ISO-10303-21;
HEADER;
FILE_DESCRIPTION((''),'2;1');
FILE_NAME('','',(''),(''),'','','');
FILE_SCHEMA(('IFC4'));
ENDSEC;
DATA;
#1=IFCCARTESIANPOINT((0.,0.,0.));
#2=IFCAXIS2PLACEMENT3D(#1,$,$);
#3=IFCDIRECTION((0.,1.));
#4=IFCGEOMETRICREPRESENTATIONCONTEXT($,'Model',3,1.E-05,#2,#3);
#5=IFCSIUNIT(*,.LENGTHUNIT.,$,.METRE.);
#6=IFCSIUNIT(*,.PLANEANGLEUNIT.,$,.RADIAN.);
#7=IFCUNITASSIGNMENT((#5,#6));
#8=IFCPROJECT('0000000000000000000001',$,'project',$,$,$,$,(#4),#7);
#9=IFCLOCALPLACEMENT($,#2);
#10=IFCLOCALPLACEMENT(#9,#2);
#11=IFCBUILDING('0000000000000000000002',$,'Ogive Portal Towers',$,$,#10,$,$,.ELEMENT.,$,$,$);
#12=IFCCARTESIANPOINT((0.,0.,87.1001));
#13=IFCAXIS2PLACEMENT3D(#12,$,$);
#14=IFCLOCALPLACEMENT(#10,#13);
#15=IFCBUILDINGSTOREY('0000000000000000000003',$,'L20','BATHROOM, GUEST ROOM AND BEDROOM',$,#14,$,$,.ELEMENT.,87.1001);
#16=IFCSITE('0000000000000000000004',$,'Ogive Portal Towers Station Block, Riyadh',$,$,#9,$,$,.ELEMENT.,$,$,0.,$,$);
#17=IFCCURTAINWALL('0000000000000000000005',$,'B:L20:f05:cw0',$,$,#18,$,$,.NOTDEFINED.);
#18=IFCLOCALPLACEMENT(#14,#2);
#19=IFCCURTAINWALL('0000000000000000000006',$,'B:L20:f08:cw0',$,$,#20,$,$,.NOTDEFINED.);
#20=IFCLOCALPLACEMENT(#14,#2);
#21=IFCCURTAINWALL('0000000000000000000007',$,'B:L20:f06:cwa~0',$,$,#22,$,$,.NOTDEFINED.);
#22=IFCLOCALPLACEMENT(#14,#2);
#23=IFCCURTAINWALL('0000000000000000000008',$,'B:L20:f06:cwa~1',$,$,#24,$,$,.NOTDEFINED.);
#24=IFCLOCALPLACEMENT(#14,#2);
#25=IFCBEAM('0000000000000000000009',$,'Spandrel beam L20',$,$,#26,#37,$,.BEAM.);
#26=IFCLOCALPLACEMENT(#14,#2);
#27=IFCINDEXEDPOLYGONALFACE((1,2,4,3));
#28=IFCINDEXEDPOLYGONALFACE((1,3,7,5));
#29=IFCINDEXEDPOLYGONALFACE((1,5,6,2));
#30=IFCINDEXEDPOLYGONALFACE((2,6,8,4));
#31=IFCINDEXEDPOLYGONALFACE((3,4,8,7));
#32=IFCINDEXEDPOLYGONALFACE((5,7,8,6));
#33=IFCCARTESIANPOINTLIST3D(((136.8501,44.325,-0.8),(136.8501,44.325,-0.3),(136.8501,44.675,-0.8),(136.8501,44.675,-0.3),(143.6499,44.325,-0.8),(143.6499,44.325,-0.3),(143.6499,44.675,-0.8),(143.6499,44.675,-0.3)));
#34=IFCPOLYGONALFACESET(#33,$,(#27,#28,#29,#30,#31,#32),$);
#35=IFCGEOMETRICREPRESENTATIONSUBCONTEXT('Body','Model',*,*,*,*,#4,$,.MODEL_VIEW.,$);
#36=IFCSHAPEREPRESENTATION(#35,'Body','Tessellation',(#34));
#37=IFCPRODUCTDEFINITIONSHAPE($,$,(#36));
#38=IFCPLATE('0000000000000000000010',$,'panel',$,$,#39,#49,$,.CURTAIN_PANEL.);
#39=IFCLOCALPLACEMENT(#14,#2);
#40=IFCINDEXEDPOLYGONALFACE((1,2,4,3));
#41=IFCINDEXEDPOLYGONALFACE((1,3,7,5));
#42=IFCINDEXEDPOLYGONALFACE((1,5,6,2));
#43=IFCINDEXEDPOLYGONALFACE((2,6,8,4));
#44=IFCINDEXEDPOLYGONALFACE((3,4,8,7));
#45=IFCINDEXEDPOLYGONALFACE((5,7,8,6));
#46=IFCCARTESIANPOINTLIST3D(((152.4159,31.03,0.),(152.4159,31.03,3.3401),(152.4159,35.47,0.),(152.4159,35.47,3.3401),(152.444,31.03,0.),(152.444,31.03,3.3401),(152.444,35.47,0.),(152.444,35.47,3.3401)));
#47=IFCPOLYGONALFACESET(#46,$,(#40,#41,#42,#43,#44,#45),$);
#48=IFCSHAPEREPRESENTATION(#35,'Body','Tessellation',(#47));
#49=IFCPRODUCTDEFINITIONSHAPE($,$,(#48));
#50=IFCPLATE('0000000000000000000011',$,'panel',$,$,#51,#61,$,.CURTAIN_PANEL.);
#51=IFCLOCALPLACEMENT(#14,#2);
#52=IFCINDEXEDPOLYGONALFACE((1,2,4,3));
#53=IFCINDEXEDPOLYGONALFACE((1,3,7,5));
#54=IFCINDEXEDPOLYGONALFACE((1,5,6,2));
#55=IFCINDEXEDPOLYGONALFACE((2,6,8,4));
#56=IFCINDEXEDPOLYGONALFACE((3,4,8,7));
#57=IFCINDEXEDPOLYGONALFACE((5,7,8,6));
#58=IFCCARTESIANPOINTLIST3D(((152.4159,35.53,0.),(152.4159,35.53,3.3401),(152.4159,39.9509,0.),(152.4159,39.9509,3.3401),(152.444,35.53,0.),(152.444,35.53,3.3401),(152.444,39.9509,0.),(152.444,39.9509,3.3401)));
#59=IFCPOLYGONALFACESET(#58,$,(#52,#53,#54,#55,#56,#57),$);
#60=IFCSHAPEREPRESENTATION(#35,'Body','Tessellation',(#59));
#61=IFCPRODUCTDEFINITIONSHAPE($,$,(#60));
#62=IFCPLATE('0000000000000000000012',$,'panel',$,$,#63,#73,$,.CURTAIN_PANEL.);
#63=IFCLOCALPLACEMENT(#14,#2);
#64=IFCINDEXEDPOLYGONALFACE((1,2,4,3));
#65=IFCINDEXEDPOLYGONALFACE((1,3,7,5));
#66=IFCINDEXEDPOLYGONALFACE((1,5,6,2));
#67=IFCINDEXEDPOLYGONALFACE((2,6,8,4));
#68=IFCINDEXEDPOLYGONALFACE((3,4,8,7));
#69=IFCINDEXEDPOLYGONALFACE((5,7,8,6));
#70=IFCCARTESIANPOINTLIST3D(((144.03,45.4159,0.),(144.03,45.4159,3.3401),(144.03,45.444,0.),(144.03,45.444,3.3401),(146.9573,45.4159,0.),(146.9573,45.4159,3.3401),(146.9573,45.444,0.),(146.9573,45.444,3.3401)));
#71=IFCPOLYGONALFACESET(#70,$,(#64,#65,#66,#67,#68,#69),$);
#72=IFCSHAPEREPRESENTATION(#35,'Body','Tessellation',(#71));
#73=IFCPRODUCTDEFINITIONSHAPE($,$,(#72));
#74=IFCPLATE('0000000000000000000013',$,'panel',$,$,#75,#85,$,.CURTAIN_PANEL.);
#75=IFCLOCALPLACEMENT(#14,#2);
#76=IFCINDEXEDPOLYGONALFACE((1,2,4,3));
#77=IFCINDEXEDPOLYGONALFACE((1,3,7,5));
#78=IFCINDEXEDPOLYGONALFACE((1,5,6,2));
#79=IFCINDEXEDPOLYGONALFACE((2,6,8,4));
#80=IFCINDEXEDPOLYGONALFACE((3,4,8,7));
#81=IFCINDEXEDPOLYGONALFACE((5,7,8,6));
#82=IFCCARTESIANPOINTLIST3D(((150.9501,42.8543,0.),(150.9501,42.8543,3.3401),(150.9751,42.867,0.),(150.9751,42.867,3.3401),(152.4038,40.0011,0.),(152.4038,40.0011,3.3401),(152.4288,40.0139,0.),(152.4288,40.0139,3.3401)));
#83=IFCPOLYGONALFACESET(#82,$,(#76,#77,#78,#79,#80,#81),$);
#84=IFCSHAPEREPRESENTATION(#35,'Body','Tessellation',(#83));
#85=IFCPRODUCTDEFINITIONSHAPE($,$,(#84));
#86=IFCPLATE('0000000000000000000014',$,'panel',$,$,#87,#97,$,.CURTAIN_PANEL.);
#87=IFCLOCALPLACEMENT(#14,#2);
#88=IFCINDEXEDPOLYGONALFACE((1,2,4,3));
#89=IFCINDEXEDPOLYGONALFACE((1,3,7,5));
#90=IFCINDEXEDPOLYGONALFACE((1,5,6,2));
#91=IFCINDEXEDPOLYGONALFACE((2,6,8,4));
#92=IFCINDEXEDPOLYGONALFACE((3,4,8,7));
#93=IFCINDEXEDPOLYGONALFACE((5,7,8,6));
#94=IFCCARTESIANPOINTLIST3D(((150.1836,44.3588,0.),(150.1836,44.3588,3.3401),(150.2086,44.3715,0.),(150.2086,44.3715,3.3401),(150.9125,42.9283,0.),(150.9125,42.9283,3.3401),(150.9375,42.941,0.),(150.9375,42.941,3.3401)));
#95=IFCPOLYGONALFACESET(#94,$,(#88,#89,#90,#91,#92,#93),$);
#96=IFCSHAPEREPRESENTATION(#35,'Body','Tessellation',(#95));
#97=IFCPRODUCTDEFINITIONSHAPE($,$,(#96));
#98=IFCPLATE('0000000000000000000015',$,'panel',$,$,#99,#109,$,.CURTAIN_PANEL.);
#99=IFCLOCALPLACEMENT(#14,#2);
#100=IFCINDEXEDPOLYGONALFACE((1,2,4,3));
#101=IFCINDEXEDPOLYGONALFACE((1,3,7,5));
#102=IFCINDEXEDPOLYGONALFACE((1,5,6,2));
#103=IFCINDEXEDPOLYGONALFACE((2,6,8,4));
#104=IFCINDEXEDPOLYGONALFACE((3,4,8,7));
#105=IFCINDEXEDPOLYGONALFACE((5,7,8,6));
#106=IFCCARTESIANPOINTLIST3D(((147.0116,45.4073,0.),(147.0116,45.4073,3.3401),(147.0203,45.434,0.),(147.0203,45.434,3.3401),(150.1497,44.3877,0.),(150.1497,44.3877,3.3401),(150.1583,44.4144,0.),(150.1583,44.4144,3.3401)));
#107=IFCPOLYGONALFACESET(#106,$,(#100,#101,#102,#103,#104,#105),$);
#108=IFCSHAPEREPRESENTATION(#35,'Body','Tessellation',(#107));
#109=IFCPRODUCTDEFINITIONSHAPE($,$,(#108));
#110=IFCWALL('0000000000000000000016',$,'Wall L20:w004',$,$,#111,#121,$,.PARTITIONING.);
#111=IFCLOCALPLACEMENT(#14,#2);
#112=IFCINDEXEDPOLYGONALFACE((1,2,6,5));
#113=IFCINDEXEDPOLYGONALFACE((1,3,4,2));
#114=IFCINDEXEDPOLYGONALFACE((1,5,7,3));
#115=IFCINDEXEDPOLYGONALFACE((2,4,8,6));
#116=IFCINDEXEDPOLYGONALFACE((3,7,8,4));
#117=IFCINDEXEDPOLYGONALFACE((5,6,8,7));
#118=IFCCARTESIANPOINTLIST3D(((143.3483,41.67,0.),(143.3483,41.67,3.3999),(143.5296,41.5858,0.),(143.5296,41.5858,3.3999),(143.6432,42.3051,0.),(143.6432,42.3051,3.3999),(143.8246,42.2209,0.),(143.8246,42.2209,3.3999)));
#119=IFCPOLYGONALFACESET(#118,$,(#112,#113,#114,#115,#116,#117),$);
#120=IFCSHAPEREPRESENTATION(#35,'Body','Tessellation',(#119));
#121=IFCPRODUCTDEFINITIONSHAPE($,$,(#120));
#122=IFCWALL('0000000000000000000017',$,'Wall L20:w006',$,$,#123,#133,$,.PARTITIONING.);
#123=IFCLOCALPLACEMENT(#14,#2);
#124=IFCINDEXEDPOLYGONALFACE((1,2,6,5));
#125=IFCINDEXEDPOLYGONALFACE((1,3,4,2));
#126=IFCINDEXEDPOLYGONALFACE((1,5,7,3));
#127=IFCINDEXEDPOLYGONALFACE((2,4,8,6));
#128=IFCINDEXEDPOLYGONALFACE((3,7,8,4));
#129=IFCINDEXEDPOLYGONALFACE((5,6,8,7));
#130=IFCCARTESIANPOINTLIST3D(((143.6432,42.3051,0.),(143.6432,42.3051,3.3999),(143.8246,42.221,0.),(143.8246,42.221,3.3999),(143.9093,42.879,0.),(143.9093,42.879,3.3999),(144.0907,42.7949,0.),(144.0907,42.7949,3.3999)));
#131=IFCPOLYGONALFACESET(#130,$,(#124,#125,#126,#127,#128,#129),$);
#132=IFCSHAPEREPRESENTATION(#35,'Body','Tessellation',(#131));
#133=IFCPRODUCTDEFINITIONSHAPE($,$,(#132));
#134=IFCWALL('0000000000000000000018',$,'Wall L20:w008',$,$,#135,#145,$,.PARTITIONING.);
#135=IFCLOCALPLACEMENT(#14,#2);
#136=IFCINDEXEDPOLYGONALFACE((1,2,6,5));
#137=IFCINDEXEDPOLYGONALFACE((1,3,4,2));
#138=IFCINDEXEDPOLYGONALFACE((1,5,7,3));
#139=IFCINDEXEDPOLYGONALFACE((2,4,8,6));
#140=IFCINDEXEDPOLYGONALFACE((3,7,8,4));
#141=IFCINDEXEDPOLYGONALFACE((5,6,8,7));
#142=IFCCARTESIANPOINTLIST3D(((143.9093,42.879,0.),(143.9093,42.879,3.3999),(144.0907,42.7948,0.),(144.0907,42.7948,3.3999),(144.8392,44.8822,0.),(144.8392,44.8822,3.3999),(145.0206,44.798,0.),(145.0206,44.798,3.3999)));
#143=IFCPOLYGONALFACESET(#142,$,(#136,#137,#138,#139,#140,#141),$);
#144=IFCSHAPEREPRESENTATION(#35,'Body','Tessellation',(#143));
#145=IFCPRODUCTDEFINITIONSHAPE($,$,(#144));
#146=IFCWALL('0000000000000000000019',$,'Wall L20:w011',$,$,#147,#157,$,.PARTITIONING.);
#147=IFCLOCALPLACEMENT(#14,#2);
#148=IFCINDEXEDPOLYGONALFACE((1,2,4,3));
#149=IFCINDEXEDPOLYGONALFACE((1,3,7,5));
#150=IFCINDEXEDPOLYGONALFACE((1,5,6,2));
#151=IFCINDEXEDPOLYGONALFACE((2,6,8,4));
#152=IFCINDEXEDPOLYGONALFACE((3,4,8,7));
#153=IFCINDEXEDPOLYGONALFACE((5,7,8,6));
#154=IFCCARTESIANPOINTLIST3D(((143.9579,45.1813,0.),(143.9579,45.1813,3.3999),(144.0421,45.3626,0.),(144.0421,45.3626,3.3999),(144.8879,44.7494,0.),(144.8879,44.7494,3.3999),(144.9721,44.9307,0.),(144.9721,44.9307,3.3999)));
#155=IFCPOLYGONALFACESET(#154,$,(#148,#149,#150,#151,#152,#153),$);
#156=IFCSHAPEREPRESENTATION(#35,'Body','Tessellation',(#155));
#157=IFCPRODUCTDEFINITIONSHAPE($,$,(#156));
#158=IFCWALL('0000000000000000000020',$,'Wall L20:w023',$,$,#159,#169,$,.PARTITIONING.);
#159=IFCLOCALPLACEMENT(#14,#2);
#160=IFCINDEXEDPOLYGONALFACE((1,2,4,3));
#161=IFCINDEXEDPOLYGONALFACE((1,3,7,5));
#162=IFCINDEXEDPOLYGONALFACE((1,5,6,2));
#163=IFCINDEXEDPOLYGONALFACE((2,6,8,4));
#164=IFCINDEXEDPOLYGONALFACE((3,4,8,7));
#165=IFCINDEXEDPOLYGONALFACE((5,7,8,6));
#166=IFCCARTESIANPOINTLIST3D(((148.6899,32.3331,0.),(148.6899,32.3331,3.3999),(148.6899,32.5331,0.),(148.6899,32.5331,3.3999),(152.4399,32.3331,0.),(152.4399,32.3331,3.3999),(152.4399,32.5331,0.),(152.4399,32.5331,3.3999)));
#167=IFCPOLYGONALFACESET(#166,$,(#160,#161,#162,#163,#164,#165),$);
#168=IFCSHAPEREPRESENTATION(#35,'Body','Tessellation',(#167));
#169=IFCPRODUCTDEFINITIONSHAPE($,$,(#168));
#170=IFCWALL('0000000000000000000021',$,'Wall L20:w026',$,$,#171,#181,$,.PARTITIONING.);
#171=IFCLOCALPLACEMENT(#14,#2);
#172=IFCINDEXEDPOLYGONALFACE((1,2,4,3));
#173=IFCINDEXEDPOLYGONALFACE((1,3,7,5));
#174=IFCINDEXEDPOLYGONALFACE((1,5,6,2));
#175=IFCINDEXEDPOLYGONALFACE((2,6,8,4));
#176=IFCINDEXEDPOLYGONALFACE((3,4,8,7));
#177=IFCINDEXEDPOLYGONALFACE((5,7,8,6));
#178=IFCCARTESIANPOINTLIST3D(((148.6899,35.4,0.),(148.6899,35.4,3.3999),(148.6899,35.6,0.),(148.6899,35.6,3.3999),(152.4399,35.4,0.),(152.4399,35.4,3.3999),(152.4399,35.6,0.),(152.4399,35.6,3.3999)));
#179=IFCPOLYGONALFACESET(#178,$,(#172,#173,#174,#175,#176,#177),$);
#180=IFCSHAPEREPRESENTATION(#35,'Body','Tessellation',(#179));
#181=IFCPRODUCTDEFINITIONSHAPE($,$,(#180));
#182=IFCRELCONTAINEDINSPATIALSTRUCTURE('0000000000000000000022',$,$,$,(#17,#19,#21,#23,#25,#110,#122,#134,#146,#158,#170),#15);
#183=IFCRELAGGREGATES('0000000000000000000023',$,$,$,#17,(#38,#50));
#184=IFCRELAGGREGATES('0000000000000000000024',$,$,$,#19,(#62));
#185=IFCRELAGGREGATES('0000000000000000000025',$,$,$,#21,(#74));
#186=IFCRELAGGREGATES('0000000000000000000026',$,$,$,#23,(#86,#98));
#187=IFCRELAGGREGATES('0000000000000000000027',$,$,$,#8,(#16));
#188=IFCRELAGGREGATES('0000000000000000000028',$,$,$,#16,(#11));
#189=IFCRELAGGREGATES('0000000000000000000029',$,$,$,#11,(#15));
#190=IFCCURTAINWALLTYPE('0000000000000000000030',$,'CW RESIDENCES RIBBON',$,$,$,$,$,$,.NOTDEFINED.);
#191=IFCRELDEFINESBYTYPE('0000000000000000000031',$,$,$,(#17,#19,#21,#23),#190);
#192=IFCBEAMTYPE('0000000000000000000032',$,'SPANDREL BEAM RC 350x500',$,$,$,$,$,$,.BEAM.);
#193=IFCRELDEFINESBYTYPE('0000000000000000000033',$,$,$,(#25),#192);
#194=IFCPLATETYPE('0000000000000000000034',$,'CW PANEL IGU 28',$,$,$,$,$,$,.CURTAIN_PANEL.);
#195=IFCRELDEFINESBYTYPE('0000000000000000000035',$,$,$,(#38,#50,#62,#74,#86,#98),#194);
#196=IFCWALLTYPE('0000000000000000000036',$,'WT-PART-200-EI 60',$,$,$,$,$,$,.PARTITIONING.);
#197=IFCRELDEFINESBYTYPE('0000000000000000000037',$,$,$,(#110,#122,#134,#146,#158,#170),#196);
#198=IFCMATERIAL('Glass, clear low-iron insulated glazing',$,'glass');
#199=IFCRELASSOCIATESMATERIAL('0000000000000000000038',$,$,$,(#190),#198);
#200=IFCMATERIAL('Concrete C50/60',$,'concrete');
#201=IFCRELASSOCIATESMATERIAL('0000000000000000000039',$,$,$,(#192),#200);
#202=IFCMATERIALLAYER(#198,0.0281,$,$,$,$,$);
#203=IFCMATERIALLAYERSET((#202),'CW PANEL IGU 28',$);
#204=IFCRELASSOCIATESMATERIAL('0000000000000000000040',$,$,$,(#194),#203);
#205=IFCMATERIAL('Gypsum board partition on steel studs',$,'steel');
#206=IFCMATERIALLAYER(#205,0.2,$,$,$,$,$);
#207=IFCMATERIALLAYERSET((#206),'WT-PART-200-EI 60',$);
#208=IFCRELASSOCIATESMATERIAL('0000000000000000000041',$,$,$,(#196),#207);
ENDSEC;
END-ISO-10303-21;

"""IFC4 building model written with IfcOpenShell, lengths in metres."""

from ifc_helpers import new_model, si_unit, direction, frame, frame_2d, origin, origin_2d, place, context, subcontext, project, spatial, rectangle, extrude, material, layer, layer_set, material_profile, profile_set, type_object, element, aggregate, save


model = new_model("IFC4")

# Units and contexts
model_context = context("Model", 3, precision=1e-05, world=origin(), true_north=direction((0.0, 1.0)))
body_context = subcontext(model_context, "Body", "Model", "MODEL_VIEW")
ifc_project = project(units=[si_unit("LENGTHUNIT", "METRE"), si_unit("PLANEANGLEUNIT", "RADIAN")], contexts=[model_context])

# Site, building, storey
site_placement = place(None, origin())
site = spatial("IfcSite", under=ifc_project, at=site_placement, Name="Ogive Portal Towers Station Block, Riyadh", CompositionType="ELEMENT", RefElevation=0.0)
building_placement = place(site_placement, origin())
building = spatial("IfcBuilding", under=site, at=building_placement, Name="Ogive Portal Towers", CompositionType="ELEMENT")
storey_placement = place(building_placement, frame((0.0, 0.0, 87.1001)))
storey = spatial("IfcBuildingStorey", under=building, at=storey_placement, Name="L20", Description="BATHROOM, GUEST ROOM AND BEDROOM", CompositionType="ELEMENT", Elevation=87.1001)

# Shared definitions
ifc_material_1 = material(Name="Concrete C50/60", Category="concrete")

# Curtain walls
ifc_material_2 = material(Name="Glass, clear low-iron insulated glazing", Category="glass")
curtain_wall_type = type_object("IfcCurtainWallType", Name="CW RESIDENCES RIBBON", PredefinedType="NOTDEFINED", material=ifc_material_2)
curtain_wall_1_placement = place(storey_placement, origin())
curtain_wall_1 = element("IfcCurtainWall", 1, at=curtain_wall_1_placement, inside=storey, type_object=curtain_wall_type, Name="B:L20:f05:cw0", PredefinedType="NOTDEFINED")
curtain_wall_2_placement = place(storey_placement, origin())
curtain_wall_2 = element("IfcCurtainWall", 2, at=curtain_wall_2_placement, inside=storey, type_object=curtain_wall_type, Name="B:L20:f08:cw0", PredefinedType="NOTDEFINED")

# Curtain walls
curtain_wall_3_placement = place(storey_placement, origin())
curtain_wall_3 = element("IfcCurtainWall", 3, at=curtain_wall_3_placement, inside=storey, type_object=curtain_wall_type, Name="B:L20:f06:cwa~0", PredefinedType="NOTDEFINED")
curtain_wall_4_placement = place(storey_placement, origin())
curtain_wall_4 = element("IfcCurtainWall", 4, at=curtain_wall_4_placement, inside=storey, type_object=curtain_wall_type, Name="B:L20:f06:cwa~1", PredefinedType="NOTDEFINED")

# Beam
ifc_material_profile_1 = material_profile(ifc_material_1, rectangle(XDim=0.3501, YDim=0.5, at=origin_2d()), Name="RC 350x500")
ifc_profile_set_1 = profile_set([ifc_material_profile_1], Name="Concrete C50/60")
beam_type = type_object("IfcBeamType", Name="SPANDREL BEAM RC 350x500", PredefinedType="BEAM", material=ifc_profile_set_1)
beam_placement = place(storey_placement, frame((143.6499, 44.5, -0.55), z_axis=(-1.0, 0.0, 0.0), x_axis=(0.0, -1.0, 0.0)))
element("IfcBeam", 5, at=beam_placement, inside=storey, type_object=beam_type, Name="Spandrel beam L20", PredefinedType="BEAM", context=body_context, shape_type="SweptSolid", body=[
    extrude(rectangle(XDim=0.3501, YDim=0.5, at=origin_2d()), origin(), (0.0, 0.0, 1.0), 6.7998),
])

# Plates
ifc_layer_1 = layer(ifc_material_2, 0.0281)
ifc_layer_set_1 = layer_set([ifc_layer_1], Name="CW PANEL IGU 28")
plate_type = type_object("IfcPlateType", Name="CW PANEL IGU 28", PredefinedType="CURTAIN_PANEL", material=ifc_layer_set_1)
plate_1_placement = place(storey_placement, frame((152.4299, 33.25, 0.0), z_axis=(0.0, 0.0, 1.0), x_axis=(0.0, 1.0, 0.0)))
plate_1 = element("IfcPlate", 6, at=plate_1_placement, type_object=plate_type, Name="panel", PredefinedType="CURTAIN_PANEL", context=body_context, shape_type="SweptSolid", body=[
    extrude(rectangle(XDim=4.4399, YDim=0.0281, at=origin_2d()), origin(), (0.0, 0.0, 1.0), 3.3401),
])
plate_2_placement = place(storey_placement, frame((152.4299, 37.7405, 0.0), z_axis=(0.0, 0.0, 1.0), x_axis=(0.0, 1.0, 0.0)))
plate_2 = element("IfcPlate", 7, at=plate_2_placement, type_object=plate_type, Name="panel", PredefinedType="CURTAIN_PANEL", context=body_context, shape_type="SweptSolid", body=[
    extrude(rectangle(XDim=4.4209, YDim=0.0281, at=origin_2d()), origin(), (0.0, 0.0, 1.0), 3.3401),
])
aggregate(curtain_wall_1, [plate_1, plate_2])
plate_3_placement = place(storey_placement, frame((145.4937, 45.4299, 0.0), z_axis=(0.0, 0.0, 1.0), x_axis=(-1.0, 0.0, 0.0)))
plate_3 = element("IfcPlate", 8, at=plate_3_placement, type_object=plate_type, Name="panel", PredefinedType="CURTAIN_PANEL", context=body_context, shape_type="SweptSolid", body=[
    extrude(rectangle(XDim=2.9272, YDim=0.0281, at=origin_2d()), origin(), (0.0, 0.0, 1.0), 3.3401),
])
aggregate(curtain_wall_2, [plate_3])
plate_4_placement = place(storey_placement, frame((151.6895, 41.4341, 0.0), z_axis=(0.0, 0.0, 1.0), x_axis=(-0.45399, 0.891007, 0.0)))
plate_4 = element("IfcPlate", 9, at=plate_4_placement, type_object=plate_type, Name="panel", PredefinedType="CURTAIN_PANEL", context=body_context, shape_type="SweptSolid", body=[
    extrude(rectangle(XDim=3.2021, YDim=0.0281, at=origin_2d()), origin(), (0.0, 0.0, 1.0), 3.3401),
])
aggregate(curtain_wall_3, [plate_4])
plate_5_placement = place(storey_placement, frame((150.5605, 43.6499, 0.0), z_axis=(0.0, 0.0, 1.0), x_axis=(-0.45399, 0.891007, 0.0)))
plate_5 = element("IfcPlate", 10, at=plate_5_placement, type_object=plate_type, Name="panel", PredefinedType="CURTAIN_PANEL", context=body_context, shape_type="SweptSolid", body=[
    extrude(rectangle(XDim=1.6055, YDim=0.0281, at=origin_2d()), origin(), (0.0, 0.0, 1.0), 3.3401),
])
plate_6_placement = place(storey_placement, frame((148.585, 44.9109, 0.0), z_axis=(0.0, 0.0, 1.0), x_axis=(-0.951057, 0.309017, 0.0)))
plate_6 = element("IfcPlate", 11, at=plate_6_placement, type_object=plate_type, Name="panel", PredefinedType="CURTAIN_PANEL", context=body_context, shape_type="SweptSolid", body=[
    extrude(rectangle(XDim=3.2996, YDim=0.0281, at=origin_2d()), origin(), (0.0, 0.0, 1.0), 3.3401),
])
aggregate(curtain_wall_4, [plate_5, plate_6])

# Walls
ifc_material_3 = material(Name="Gypsum board partition on steel studs", Category="steel")
ifc_layer_2 = layer(ifc_material_3, 0.2)
ifc_layer_set_2 = layer_set([ifc_layer_2], Name="WT-PART-200-EI 60")
wall_type_1 = type_object("IfcWallType", Name="WT-PART-200-EI 60", PredefinedType="PARTITIONING", material=ifc_layer_set_2)
wall_1_placement = place(storey_placement, frame((143.439, 41.6279, 0.0), z_axis=(0.0, 0.0, 1.0), x_axis=(0.421224, 0.906957, 0.0)))
element("IfcWall", 12, at=wall_1_placement, inside=storey, type_object=wall_type_1, Name="Wall L20:w004", PredefinedType="PARTITIONING", context=body_context, shape_type="SweptSolid", body=[
    extrude(rectangle(XDim=0.7002, YDim=0.2, at=frame_2d((0.3501, 0.0))), origin(), (0.0, 0.0, 1.0), 3.3999),
])
wall_2_placement = place(storey_placement, frame((143.7339, 42.2629, 0.0), z_axis=(0.0, 0.0, 1.0), x_axis=(0.420624, 0.907235, 0.0)))
element("IfcWall", 13, at=wall_2_placement, inside=storey, type_object=wall_type_1, Name="Wall L20:w006", PredefinedType="PARTITIONING", context=body_context, shape_type="SweptSolid", body=[
    extrude(rectangle(XDim=0.6326, YDim=0.2, at=frame_2d((0.3164, 0.0))), origin(), (0.0, 0.0, 1.0), 3.3999),
])
wall_3_placement = place(storey_placement, frame((144.0, 42.8369, 0.0), z_axis=(0.0, 0.0, 1.0), x_axis=(0.421069, 0.907029, 0.0)))
element("IfcWall", 14, at=wall_3_placement, inside=storey, type_object=wall_type_1, Name="Wall L20:w008", PredefinedType="PARTITIONING", context=body_context, shape_type="SweptSolid", body=[
    extrude(rectangle(XDim=2.2085, YDim=0.2, at=frame_2d((1.1042, 0.0))), origin(), (0.0, 0.0, 1.0), 3.3999),
])
wall_4_placement = place(storey_placement, frame((144.0, 45.272, 0.0), z_axis=(0.0, 0.0, 1.0), x_axis=(0.90696, -0.421216, 0.0)))
element("IfcWall", 15, at=wall_4_placement, inside=storey, type_object=wall_type_1, Name="Wall L20:w011", PredefinedType="PARTITIONING", context=body_context, shape_type="SweptSolid", body=[
    extrude(rectangle(XDim=1.0254, YDim=0.2, at=frame_2d((0.5127, 0.0))), origin(), (0.0, 0.0, 1.0), 3.3999),
])
for number, where, z_axis, x_axis, name in (
    (16, (148.6899, 32.4331, 0.0), (0.0, 0.0, 1.0), (1.0, 0.0, 0.0), "Wall L20:w023"),
    (17, (148.6899, 35.5, 0.0), (0.0, 0.0, 1.0), (1.0, 0.0, 0.0), "Wall L20:w026"),
):
    element("IfcWall", number, at=place(storey_placement, frame(where, z_axis=z_axis, x_axis=x_axis)), inside=storey, type_object=wall_type_1, Name=name, PredefinedType="PARTITIONING", context=body_context, shape_type="SweptSolid", body=[
        extrude(rectangle(XDim=3.75, YDim=0.2, at=frame_2d((1.875, 0.0))), origin(), (0.0, 0.0, 1.0), 3.3999),
    ])

save(model, "model.ifc")
